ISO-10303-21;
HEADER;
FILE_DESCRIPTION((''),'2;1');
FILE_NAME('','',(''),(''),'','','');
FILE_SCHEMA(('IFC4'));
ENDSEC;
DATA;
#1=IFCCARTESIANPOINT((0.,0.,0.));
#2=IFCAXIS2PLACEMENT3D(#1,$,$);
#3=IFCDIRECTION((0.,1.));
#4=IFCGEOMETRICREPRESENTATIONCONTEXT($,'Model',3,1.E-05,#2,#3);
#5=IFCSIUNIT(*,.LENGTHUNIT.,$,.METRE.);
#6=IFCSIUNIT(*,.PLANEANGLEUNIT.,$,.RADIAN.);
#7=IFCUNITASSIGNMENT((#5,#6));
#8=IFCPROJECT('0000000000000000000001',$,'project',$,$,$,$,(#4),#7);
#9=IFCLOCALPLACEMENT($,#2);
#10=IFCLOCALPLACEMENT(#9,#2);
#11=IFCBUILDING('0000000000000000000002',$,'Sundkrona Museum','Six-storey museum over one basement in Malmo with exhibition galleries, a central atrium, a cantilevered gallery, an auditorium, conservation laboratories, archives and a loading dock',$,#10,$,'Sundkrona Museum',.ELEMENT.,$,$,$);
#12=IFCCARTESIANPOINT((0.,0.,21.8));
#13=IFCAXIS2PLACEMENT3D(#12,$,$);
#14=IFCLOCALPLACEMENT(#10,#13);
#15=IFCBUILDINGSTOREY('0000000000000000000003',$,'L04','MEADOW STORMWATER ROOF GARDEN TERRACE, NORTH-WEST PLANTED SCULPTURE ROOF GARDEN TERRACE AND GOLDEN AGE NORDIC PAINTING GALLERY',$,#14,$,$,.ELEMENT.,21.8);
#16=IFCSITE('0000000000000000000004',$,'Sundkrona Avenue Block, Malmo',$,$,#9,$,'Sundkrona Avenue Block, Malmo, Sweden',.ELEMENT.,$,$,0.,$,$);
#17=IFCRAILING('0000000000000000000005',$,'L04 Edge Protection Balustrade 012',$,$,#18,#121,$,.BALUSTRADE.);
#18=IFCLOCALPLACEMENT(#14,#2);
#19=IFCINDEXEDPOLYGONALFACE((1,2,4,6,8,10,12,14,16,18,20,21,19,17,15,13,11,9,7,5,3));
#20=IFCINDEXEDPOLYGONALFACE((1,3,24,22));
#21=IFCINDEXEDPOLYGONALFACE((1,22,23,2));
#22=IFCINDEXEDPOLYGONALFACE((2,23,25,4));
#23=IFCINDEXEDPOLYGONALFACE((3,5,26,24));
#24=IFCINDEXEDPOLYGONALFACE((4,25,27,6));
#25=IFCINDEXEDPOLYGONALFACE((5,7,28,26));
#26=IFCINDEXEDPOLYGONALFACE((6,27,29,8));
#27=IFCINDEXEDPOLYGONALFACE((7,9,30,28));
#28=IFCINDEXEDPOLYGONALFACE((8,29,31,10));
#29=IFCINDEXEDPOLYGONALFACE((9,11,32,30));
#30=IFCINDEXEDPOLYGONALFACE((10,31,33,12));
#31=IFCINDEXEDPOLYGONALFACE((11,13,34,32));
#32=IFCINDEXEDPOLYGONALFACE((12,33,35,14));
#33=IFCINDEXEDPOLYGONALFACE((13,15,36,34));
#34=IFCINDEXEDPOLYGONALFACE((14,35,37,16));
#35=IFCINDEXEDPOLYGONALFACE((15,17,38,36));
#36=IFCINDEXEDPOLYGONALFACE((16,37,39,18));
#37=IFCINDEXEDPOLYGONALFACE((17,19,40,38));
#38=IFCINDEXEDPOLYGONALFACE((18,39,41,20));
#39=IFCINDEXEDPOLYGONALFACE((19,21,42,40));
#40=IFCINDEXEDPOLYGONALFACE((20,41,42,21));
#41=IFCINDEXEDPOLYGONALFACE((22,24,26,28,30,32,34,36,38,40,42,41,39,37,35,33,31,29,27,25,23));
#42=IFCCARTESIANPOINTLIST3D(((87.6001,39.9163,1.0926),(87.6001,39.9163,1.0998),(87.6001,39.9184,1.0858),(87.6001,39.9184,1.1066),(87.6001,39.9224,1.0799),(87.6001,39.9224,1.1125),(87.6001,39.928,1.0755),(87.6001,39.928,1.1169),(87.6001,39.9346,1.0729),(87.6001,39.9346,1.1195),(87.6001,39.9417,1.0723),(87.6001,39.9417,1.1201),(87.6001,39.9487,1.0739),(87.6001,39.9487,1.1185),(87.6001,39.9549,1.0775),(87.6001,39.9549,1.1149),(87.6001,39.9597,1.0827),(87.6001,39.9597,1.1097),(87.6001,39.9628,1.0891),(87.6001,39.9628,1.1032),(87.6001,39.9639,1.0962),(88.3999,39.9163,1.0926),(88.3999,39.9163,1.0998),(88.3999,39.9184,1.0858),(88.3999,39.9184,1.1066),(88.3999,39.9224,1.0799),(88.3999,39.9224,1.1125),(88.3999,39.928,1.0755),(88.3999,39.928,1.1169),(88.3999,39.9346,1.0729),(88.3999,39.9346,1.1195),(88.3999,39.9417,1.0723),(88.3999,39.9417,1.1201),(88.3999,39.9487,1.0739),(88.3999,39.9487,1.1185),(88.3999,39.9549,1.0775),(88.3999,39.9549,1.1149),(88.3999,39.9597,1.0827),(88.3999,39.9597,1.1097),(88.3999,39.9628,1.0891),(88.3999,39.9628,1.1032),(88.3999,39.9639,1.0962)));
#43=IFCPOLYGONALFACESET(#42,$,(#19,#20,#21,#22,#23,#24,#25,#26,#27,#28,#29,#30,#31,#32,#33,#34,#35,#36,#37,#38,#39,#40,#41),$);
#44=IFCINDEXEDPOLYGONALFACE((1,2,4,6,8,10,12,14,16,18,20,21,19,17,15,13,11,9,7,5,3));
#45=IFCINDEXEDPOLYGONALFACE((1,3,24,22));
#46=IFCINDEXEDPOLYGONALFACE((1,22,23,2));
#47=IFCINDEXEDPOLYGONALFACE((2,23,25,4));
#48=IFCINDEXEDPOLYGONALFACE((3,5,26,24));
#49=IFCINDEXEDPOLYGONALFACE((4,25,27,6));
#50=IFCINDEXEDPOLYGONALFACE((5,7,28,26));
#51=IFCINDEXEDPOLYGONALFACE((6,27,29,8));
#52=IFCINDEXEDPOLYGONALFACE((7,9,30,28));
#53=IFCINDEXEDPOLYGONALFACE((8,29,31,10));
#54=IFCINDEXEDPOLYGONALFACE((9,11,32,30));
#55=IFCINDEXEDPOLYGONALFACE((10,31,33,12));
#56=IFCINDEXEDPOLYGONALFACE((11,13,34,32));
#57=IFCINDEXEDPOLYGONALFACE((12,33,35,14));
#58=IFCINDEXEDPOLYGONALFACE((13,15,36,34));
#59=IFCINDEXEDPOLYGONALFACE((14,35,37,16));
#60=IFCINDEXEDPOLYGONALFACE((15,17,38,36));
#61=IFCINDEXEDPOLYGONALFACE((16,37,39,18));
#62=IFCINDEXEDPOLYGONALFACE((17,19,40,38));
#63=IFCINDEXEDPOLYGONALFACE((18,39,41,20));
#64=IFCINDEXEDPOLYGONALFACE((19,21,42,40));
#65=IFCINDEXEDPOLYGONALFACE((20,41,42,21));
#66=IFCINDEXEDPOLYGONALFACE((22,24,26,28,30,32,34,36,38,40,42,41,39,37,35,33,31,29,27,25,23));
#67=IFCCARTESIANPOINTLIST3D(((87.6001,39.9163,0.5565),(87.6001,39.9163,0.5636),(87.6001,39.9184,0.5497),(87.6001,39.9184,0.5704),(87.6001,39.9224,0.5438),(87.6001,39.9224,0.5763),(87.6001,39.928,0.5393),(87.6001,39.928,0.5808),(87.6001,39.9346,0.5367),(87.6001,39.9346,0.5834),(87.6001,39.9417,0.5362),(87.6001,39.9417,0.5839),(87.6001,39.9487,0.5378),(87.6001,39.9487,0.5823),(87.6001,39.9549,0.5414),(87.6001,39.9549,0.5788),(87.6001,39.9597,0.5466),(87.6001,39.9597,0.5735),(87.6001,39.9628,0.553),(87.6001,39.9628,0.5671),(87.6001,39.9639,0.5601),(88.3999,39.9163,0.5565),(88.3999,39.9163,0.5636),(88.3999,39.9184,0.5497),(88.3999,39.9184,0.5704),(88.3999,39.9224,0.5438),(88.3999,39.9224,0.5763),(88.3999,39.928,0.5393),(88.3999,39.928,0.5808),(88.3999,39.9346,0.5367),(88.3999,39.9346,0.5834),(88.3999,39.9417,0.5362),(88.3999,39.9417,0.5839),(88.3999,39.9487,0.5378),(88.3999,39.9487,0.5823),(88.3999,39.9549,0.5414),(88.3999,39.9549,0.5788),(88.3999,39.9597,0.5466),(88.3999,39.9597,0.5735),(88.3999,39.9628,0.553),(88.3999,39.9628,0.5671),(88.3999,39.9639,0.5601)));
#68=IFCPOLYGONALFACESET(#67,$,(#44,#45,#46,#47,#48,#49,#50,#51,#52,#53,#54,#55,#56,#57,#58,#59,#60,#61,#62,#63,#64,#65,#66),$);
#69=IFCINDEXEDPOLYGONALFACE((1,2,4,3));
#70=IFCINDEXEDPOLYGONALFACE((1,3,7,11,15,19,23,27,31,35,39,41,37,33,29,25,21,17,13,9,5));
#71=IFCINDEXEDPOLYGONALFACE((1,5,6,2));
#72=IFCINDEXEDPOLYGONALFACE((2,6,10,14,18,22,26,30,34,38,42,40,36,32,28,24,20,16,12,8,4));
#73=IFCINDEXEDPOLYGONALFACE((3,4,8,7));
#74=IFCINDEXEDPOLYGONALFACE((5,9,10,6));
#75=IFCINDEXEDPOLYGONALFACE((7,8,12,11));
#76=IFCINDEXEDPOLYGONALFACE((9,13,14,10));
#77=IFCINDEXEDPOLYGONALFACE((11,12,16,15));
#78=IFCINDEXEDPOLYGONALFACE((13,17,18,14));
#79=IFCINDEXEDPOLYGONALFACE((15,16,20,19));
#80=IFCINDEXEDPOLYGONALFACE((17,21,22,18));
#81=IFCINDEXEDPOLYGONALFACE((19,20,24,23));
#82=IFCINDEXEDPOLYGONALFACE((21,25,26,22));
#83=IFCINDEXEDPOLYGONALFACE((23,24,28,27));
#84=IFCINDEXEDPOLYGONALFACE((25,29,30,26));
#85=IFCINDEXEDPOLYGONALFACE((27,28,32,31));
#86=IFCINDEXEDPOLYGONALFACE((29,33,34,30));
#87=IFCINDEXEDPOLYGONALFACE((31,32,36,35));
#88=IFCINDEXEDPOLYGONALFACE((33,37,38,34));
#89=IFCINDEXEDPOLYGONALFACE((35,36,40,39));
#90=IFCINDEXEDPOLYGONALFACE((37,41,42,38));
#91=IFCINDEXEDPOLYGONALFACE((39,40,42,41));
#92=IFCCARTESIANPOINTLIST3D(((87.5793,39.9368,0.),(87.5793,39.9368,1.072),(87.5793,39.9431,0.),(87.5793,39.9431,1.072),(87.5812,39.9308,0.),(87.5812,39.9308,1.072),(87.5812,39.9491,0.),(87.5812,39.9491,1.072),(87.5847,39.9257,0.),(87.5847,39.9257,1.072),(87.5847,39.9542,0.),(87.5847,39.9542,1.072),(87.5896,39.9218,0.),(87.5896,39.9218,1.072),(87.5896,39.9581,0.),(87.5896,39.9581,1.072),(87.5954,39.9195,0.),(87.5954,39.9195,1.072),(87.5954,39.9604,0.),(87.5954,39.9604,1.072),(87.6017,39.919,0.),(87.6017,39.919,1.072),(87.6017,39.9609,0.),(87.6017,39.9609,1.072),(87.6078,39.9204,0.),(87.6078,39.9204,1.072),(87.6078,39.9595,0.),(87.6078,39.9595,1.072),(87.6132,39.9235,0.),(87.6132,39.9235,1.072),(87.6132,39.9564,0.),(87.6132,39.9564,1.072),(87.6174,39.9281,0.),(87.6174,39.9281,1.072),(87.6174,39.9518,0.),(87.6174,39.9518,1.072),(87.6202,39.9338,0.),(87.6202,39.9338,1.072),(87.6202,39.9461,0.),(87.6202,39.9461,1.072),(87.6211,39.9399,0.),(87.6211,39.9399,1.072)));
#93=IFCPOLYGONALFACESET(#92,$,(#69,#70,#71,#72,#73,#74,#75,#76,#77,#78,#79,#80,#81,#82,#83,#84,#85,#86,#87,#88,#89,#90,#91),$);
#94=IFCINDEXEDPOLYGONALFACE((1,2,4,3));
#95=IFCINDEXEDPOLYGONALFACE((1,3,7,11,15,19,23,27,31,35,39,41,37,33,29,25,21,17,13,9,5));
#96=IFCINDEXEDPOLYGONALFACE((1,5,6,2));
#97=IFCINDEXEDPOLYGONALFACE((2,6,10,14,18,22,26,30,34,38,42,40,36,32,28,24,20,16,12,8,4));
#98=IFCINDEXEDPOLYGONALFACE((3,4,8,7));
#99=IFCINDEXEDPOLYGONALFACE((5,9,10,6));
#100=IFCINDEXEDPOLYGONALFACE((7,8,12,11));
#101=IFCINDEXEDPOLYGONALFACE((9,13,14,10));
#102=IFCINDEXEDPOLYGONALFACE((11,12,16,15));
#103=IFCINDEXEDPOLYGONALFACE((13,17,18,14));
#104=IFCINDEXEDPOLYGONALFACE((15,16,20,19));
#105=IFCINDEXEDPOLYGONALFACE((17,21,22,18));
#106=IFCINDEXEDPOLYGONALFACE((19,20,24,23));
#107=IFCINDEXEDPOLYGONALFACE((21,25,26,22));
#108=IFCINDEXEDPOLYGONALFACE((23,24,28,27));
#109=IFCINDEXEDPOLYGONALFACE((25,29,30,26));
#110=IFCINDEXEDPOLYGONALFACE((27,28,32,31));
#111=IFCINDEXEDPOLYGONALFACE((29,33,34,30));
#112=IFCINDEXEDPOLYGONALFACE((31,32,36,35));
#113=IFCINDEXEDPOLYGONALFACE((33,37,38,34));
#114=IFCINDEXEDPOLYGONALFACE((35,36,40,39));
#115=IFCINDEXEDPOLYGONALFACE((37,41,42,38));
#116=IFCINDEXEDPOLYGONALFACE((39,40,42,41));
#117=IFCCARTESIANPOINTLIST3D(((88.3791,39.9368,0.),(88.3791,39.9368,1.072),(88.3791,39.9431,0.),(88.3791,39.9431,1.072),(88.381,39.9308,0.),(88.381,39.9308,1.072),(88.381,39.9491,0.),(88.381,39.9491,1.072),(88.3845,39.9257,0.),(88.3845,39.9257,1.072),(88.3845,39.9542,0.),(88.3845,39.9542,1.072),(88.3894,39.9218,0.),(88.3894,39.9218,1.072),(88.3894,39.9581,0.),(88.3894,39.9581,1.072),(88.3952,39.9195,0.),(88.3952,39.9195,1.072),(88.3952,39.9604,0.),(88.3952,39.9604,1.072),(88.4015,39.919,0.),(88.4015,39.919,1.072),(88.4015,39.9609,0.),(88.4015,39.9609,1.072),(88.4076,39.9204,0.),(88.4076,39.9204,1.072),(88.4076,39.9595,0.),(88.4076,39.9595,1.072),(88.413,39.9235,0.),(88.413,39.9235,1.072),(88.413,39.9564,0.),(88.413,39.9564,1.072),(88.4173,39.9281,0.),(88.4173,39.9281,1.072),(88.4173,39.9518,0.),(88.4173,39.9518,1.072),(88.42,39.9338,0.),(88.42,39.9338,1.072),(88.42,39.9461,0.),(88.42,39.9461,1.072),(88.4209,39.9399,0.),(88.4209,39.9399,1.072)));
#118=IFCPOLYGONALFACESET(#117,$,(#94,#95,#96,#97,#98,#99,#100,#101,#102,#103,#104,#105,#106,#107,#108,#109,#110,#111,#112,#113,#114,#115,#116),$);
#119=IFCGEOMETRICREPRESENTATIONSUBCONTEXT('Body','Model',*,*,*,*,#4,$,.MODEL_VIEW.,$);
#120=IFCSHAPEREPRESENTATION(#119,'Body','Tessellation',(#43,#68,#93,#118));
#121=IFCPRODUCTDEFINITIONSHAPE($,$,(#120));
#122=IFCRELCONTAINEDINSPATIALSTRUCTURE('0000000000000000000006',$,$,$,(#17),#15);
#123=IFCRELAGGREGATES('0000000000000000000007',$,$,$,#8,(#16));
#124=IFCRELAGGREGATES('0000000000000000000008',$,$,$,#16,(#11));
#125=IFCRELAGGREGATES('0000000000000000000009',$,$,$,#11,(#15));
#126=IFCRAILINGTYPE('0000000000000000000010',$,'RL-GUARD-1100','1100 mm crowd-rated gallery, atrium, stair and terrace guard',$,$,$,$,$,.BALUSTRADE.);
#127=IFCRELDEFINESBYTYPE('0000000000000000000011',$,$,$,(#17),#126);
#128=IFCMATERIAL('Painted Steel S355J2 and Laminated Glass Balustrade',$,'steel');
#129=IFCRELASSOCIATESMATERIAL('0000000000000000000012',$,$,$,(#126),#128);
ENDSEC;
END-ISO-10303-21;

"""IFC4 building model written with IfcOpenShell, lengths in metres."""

from ifc_helpers import new_model, si_unit, direction, frame, origin, origin_2d, place, context, subcontext, project, spatial, circle, extrude, material, type_object, element, save


model = new_model("IFC4")

# Units and contexts
model_context = context("Model", 3, precision=1e-05, world=origin(), true_north=direction((0.0, 1.0)))
body_context = subcontext(model_context, "Body", "Model", "MODEL_VIEW")
ifc_project = project(units=[si_unit("LENGTHUNIT", "METRE"), si_unit("PLANEANGLEUNIT", "RADIAN")], contexts=[model_context])

# Site, building, storey
site_placement = place(None, origin())
site = spatial("IfcSite", under=ifc_project, at=site_placement, Name="Sundkrona Avenue Block, Malmo", LongName="Sundkrona Avenue Block, Malmo, Sweden", CompositionType="ELEMENT", RefElevation=0.0)
building_placement = place(site_placement, origin())
building = spatial("IfcBuilding", under=site, at=building_placement, Name="Sundkrona Museum", Description="Six-storey museum over one basement in Malmo with exhibition galleries, a central atrium, a cantilevered gallery, an auditorium, conservation laboratories, archives and a loading dock", LongName="Sundkrona Museum", CompositionType="ELEMENT")
storey_placement = place(building_placement, frame((0.0, 0.0, 21.8)))
storey = spatial("IfcBuildingStorey", under=building, at=storey_placement, Name="L04", Description="MEADOW STORMWATER ROOF GARDEN TERRACE, NORTH-WEST PLANTED SCULPTURE ROOF GARDEN TERRACE AND GOLDEN AGE NORDIC PAINTING GALLERY", CompositionType="ELEMENT", Elevation=21.8)

# Railing
ifc_material_1 = material(Name="Painted Steel S355J2 and Laminated Glass Balustrade", Category="steel")
railing_type = type_object("IfcRailingType", Name="RL-GUARD-1100", Description="1100 mm crowd-rated gallery, atrium, stair and terrace guard", PredefinedType="BALUSTRADE", material=ifc_material_1)
railing_1_placement = place(storey_placement, frame((87.6001, 39.9399, 0.0)))
element("IfcRailing", 1, at=railing_1_placement, inside=storey, type_object=railing_type, Name="L04 Edge Protection Balustrade 012", PredefinedType="BALUSTRADE", context=body_context, shape_type="SweptSolid", body=[
    extrude(circle(Radius=0.0239, at=origin_2d()), frame((0.0, 0.0, 1.0962), z_axis=(1.0, 0.0, 0.0), x_axis=(0.0, 1.0, 0.0)), (0.0, 0.0, 1.0), 0.7998),
    extrude(circle(Radius=0.0239, at=origin_2d()), frame((0.0, 0.0, 0.5601), z_axis=(1.0, 0.0, 0.0), x_axis=(0.0, 1.0, 0.0)), (0.0, 0.0, 1.0), 0.7998),
    extrude(circle(Radius=0.021, at=origin_2d()), origin(), (0.0, 0.0, 1.0), 1.072),
    extrude(circle(Radius=0.021, at=origin_2d()), frame((0.7998, 0.0, 0.0)), (0.0, 0.0, 1.0), 1.072),
])

save(model, "model.ifc")
